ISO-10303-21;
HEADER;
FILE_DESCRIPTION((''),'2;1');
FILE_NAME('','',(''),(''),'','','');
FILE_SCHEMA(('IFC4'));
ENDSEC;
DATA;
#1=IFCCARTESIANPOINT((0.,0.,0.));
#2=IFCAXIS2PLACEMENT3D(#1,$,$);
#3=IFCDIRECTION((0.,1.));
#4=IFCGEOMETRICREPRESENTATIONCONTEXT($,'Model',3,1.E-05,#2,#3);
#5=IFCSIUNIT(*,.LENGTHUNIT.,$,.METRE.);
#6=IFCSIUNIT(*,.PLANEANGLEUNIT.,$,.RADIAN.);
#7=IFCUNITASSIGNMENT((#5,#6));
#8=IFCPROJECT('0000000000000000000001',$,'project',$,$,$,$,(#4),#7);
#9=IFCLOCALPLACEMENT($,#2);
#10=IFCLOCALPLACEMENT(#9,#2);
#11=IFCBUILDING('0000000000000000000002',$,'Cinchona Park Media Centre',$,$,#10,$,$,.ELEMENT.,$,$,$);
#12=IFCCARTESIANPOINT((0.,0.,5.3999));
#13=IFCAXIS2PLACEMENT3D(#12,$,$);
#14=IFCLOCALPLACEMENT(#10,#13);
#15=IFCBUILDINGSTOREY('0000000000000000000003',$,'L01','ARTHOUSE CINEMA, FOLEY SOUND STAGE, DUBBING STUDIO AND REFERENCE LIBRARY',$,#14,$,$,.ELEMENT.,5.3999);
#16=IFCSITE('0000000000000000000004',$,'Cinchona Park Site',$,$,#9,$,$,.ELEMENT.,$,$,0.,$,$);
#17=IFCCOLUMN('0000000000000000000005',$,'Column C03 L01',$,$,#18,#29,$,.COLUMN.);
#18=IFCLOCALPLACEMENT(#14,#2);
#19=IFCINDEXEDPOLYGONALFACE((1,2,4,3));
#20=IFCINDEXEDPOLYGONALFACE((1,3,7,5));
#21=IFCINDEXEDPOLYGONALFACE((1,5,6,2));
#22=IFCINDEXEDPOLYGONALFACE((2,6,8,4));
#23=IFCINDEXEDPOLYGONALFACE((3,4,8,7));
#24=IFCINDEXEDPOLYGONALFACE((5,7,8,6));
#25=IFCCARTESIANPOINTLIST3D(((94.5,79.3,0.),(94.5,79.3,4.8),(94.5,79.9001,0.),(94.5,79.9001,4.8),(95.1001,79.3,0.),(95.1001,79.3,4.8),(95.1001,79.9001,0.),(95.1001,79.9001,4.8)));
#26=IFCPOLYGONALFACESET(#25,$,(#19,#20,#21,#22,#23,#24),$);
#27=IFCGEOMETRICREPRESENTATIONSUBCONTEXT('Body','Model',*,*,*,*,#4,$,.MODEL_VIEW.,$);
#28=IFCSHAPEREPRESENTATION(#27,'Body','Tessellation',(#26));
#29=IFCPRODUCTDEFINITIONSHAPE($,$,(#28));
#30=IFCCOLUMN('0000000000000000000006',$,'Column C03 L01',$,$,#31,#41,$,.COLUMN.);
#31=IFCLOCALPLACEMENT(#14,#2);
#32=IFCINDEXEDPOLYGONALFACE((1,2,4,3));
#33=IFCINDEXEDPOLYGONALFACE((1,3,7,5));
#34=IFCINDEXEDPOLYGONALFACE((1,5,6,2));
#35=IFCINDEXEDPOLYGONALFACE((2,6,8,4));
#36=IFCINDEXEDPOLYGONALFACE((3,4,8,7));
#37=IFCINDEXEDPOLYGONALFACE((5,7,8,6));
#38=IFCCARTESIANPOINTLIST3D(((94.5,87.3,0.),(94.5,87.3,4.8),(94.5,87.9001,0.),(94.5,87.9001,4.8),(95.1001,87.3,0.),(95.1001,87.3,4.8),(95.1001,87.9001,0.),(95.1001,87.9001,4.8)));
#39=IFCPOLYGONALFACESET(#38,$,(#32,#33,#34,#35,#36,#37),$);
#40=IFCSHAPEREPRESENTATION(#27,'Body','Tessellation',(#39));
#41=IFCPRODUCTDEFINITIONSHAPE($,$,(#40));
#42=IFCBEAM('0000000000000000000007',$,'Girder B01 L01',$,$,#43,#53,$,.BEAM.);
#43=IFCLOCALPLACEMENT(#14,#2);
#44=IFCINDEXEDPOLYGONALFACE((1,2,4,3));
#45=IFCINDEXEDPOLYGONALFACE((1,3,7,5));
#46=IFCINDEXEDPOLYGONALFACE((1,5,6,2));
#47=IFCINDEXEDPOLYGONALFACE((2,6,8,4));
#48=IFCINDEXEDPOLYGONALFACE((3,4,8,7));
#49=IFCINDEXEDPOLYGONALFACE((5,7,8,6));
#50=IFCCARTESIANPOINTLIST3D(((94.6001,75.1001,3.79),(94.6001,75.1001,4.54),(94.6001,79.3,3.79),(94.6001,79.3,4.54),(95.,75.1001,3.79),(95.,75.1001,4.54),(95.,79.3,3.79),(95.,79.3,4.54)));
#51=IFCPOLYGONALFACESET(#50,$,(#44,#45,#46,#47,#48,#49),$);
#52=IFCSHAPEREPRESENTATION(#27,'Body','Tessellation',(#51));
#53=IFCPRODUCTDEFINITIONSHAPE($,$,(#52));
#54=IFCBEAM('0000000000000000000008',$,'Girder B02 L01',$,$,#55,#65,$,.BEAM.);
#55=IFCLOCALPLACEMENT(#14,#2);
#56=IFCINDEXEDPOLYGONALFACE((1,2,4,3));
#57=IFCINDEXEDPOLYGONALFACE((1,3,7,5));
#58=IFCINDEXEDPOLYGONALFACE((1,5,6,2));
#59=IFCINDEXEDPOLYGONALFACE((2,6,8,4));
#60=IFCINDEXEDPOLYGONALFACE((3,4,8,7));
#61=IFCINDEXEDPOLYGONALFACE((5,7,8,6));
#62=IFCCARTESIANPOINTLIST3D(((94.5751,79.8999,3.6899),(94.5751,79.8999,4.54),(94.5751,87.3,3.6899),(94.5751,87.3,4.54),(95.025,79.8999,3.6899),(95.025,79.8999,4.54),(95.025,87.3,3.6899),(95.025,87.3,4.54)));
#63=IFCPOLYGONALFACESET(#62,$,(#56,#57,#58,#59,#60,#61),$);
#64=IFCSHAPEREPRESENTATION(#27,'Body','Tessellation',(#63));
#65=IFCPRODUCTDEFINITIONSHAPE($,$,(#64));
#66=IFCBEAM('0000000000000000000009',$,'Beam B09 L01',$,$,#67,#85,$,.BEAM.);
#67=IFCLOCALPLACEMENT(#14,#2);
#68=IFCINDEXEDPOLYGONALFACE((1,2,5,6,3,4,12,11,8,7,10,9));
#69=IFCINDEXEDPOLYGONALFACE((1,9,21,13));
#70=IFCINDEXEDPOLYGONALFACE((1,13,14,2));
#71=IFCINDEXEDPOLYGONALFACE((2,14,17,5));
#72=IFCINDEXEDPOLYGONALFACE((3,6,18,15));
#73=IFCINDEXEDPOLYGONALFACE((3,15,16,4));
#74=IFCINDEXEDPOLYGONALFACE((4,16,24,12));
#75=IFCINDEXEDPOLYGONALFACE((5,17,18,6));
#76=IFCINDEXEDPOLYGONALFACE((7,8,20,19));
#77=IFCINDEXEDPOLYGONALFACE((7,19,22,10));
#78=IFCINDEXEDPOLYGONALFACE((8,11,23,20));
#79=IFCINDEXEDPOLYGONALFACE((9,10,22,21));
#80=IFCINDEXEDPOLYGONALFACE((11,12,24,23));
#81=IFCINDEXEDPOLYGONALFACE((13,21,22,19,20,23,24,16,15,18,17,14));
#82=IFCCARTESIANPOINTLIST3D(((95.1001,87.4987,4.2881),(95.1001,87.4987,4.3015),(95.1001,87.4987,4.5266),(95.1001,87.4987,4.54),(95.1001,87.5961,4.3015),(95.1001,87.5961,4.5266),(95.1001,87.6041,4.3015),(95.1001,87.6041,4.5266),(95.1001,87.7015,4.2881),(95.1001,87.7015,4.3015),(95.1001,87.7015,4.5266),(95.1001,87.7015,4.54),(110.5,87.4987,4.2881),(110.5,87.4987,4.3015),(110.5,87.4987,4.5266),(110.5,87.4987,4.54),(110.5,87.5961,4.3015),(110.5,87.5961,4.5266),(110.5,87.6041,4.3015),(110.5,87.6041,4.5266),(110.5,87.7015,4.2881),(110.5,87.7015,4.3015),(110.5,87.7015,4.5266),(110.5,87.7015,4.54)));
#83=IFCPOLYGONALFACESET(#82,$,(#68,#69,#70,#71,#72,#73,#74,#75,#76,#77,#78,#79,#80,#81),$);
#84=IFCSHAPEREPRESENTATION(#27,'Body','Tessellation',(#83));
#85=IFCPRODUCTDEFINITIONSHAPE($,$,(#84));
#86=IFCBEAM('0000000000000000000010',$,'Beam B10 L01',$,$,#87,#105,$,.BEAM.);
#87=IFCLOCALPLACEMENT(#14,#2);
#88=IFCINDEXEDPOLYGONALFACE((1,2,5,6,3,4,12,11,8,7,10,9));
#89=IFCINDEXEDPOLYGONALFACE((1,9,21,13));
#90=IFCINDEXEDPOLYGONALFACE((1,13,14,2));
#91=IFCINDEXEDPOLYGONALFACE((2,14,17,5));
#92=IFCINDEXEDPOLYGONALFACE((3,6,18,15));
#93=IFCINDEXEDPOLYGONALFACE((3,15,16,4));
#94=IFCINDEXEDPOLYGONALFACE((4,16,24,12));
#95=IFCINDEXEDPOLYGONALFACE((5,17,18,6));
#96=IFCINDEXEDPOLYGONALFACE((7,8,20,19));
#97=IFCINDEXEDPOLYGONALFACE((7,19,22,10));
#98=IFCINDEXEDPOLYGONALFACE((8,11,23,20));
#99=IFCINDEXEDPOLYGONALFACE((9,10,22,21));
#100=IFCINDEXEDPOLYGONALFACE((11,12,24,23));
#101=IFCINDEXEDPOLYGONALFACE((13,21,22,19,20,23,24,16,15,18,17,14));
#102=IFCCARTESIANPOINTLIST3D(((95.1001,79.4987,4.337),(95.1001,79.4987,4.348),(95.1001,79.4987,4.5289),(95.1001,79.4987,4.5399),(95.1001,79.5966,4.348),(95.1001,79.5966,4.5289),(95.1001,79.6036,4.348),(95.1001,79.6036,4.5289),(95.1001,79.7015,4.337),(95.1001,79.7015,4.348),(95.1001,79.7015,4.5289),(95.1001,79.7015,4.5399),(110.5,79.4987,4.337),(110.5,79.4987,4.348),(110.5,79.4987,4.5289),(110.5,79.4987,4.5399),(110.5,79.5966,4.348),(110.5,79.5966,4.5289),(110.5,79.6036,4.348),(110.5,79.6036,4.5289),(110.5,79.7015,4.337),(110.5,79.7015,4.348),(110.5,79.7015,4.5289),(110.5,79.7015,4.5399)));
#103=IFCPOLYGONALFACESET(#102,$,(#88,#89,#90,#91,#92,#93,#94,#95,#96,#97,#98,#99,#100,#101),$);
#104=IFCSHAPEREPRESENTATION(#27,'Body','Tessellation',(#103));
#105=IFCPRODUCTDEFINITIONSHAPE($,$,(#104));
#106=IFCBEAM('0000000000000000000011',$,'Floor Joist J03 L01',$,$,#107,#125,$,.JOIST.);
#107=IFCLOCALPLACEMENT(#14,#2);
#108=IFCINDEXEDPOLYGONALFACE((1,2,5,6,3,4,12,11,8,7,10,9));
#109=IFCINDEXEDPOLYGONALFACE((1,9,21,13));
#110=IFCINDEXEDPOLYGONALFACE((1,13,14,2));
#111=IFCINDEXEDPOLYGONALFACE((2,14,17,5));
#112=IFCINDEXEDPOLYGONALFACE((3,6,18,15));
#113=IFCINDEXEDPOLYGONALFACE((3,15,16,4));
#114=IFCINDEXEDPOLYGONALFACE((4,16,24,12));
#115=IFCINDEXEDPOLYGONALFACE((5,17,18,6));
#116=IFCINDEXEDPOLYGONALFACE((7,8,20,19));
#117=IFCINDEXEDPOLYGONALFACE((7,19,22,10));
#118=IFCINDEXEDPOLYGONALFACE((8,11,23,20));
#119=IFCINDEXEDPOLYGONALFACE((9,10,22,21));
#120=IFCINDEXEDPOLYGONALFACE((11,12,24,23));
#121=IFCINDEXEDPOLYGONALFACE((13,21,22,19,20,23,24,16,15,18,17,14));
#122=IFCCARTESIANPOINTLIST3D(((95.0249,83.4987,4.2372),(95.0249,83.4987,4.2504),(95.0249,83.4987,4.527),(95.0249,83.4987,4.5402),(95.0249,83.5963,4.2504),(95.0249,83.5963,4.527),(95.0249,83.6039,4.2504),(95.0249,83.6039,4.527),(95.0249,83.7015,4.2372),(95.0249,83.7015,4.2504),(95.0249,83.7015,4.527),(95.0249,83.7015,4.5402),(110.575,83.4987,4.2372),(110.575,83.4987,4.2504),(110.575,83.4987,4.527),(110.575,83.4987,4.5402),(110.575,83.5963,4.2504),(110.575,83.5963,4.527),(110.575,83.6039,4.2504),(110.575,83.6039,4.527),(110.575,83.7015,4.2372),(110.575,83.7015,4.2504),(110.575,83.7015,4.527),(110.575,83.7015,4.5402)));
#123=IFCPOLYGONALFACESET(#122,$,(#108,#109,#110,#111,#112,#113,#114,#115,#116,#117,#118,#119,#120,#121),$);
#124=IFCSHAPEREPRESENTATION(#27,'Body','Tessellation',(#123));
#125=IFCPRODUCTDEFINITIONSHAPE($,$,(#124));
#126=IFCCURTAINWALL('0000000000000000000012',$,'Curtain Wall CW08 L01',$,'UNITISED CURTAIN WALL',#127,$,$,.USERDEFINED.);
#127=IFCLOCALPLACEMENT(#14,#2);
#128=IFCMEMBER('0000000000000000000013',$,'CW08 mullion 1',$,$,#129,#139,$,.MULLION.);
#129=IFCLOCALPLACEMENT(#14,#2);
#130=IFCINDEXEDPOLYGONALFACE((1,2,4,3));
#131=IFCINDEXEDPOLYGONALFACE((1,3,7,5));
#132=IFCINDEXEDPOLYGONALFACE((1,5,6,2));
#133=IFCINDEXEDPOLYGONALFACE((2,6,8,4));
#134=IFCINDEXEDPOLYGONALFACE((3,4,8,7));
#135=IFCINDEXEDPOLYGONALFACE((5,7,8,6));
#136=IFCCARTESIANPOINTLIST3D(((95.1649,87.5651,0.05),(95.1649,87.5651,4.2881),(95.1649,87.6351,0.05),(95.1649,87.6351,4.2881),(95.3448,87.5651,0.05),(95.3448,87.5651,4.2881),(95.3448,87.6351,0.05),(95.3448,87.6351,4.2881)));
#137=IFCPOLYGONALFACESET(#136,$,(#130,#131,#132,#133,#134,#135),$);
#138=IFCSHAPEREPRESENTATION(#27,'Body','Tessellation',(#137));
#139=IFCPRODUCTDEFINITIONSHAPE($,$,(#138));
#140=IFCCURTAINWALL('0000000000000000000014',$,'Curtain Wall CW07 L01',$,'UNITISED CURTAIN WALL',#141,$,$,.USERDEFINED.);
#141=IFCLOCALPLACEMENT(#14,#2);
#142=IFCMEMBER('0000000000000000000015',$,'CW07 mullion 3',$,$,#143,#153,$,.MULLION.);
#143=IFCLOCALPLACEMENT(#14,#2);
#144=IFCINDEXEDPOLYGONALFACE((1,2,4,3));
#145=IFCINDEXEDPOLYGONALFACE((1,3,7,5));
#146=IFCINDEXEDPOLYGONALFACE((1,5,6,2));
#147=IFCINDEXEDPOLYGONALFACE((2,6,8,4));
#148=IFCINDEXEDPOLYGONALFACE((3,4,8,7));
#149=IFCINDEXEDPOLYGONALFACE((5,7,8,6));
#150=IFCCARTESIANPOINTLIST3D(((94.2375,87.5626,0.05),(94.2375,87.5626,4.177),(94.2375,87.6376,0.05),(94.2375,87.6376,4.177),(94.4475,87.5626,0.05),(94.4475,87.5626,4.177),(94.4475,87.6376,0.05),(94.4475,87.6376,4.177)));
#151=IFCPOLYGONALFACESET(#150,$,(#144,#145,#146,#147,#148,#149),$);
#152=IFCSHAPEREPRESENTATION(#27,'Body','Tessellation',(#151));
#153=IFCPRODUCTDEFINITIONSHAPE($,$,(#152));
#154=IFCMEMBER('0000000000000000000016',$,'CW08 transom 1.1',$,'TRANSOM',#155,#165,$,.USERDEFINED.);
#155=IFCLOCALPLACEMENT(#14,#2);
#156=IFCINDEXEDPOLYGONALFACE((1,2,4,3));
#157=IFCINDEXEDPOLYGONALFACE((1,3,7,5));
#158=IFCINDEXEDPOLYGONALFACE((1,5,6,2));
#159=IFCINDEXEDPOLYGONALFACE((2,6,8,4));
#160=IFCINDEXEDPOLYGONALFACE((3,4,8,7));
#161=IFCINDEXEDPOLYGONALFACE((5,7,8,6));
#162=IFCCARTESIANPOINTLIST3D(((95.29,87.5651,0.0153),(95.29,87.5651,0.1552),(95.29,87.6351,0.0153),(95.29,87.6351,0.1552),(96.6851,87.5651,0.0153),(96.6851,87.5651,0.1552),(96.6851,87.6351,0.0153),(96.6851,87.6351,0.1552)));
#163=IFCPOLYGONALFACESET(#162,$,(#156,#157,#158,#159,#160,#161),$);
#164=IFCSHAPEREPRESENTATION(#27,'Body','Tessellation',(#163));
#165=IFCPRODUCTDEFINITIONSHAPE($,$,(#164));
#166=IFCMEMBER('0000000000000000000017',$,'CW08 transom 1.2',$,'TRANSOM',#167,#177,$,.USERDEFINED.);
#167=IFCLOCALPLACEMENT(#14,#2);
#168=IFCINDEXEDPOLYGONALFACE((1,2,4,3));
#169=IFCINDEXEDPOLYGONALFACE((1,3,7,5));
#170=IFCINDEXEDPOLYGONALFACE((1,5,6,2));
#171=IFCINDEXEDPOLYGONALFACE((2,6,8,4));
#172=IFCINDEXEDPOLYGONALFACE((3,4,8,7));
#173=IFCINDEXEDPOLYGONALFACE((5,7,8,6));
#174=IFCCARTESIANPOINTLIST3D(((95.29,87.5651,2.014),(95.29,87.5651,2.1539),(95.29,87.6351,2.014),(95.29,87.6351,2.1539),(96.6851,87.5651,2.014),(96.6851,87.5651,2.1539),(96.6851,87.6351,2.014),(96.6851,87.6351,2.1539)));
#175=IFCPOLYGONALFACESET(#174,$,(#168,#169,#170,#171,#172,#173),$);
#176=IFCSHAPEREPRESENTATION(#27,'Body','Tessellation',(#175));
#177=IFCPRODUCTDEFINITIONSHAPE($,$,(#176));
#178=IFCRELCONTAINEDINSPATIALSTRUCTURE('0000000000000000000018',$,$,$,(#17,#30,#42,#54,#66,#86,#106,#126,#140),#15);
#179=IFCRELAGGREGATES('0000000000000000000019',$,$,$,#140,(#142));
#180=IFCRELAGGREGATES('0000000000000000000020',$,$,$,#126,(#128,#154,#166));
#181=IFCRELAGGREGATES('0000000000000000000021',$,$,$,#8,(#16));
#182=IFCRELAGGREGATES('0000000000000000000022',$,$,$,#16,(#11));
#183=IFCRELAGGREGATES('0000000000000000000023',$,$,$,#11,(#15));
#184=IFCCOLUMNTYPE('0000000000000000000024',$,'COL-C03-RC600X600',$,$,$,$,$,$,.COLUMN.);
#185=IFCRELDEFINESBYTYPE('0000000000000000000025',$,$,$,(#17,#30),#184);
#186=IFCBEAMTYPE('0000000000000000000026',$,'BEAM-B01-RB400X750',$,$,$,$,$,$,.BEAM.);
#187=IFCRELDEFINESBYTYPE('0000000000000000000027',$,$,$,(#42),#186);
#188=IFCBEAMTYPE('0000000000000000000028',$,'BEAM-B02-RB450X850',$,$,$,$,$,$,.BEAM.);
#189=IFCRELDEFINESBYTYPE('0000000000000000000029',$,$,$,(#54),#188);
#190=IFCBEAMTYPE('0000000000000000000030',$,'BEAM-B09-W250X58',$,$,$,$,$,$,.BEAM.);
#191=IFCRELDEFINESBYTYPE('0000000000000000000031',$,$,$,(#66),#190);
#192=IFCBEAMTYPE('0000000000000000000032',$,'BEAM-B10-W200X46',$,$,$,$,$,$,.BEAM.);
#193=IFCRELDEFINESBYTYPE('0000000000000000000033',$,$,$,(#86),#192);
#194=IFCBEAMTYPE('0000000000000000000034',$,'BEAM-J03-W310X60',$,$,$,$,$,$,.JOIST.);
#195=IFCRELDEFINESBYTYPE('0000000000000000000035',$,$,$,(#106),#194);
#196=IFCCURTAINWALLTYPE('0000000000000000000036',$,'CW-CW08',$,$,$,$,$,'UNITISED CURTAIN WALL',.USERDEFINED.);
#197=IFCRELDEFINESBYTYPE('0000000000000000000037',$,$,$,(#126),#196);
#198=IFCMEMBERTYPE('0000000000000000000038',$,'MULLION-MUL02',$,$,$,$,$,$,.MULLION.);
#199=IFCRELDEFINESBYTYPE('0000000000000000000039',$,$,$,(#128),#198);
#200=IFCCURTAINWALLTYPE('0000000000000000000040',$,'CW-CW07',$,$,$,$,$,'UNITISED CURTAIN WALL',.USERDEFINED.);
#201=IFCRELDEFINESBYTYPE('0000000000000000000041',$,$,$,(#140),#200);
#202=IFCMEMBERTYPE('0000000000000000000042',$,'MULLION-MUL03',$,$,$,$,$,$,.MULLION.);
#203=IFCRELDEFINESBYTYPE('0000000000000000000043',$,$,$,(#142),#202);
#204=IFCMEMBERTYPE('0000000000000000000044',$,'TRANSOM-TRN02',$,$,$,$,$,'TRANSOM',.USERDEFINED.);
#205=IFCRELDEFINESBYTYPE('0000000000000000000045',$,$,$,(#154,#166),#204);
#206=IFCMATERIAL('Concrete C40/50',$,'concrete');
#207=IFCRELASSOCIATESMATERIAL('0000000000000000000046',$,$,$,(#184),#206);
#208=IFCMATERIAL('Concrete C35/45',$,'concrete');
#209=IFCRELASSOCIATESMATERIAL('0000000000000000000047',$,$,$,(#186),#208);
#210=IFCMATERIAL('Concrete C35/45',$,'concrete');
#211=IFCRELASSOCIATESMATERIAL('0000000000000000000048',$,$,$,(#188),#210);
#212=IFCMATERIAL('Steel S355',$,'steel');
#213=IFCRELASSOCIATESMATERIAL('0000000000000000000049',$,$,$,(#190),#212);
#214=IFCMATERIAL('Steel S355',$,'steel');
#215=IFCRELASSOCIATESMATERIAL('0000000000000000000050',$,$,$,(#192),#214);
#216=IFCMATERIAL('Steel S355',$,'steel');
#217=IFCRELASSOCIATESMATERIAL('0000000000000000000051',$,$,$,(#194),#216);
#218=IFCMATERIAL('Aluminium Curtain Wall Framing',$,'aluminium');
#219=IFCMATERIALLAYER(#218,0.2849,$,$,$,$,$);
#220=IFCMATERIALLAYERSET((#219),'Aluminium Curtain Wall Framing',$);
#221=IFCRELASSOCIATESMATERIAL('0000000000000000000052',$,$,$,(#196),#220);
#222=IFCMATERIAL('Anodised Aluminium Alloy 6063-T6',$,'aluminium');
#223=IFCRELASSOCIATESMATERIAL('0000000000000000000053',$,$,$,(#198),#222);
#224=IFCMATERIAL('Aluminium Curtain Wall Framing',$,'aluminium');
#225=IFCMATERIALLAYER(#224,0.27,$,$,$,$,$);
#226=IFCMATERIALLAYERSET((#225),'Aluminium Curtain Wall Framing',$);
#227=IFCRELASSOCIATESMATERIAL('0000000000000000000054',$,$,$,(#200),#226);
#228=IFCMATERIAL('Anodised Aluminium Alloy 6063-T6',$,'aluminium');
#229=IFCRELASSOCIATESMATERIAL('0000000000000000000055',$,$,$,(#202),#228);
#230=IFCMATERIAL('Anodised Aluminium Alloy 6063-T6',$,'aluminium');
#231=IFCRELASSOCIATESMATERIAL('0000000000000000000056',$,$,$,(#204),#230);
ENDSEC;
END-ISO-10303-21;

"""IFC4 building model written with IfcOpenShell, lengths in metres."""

from ifc_helpers import new_model, si_unit, direction, frame, origin, origin_2d, place, context, subcontext, project, spatial, rectangle, i_section, extrude, material, layer, layer_set, material_profile, profile_set, type_object, element, aggregate, save


model = new_model("IFC4")

# Units and contexts
model_context = context("Model", 3, precision=1e-05, world=origin(), true_north=direction((0.0, 1.0)))
body_context = subcontext(model_context, "Body", "Model", "MODEL_VIEW")
ifc_project = project(units=[si_unit("LENGTHUNIT", "METRE"), si_unit("PLANEANGLEUNIT", "RADIAN")], contexts=[model_context])

# Site, building, storey
site_placement = place(None, origin())
site = spatial("IfcSite", under=ifc_project, at=site_placement, Name="Cinchona Park Site", CompositionType="ELEMENT", RefElevation=0.0)
building_placement = place(site_placement, origin())
building = spatial("IfcBuilding", under=site, at=building_placement, Name="Cinchona Park Media Centre", CompositionType="ELEMENT")
storey_placement = place(building_placement, frame((0.0, 0.0, 5.3999)))
storey = spatial("IfcBuildingStorey", under=building, at=storey_placement, Name="L01", Description="ARTHOUSE CINEMA, FOLEY SOUND STAGE, DUBBING STUDIO AND REFERENCE LIBRARY", CompositionType="ELEMENT", Elevation=5.3999)

# Columns
ifc_material_1 = material(Name="Concrete C40/50", Category="concrete")
ifc_material_profile_1 = material_profile(ifc_material_1, rectangle(XDim=0.6001, YDim=0.6001, at=origin_2d()), Name="RC 600X600")
ifc_profile_set_1 = profile_set([ifc_material_profile_1], Name="Concrete C40/50")
column_type = type_object("IfcColumnType", Name="COL-C03-RC600X600", PredefinedType="COLUMN", material=ifc_profile_set_1)
for number, where, z_axis, x_axis, name in (
    (1, (94.8, 79.6001, 0.0), (0.0, 0.0, 1.0), (1.0, 0.0, 0.0), "Column C03 L01"),
    (2, (94.8, 87.6001, 0.0), (0.0, 0.0, 1.0), (1.0, 0.0, 0.0), "Column C03 L01"),
):
    element("IfcColumn", number, at=place(storey_placement, frame(where, z_axis=z_axis, x_axis=x_axis)), inside=storey, type_object=column_type, Name=name, PredefinedType="COLUMN", context=body_context, shape_type="SweptSolid", body=[
        extrude(rectangle(XDim=0.6001, YDim=0.6001, at=origin_2d()), origin(), (0.0, 0.0, 1.0), 4.8),
    ])

# Beams
ifc_material_2 = material(Name="Concrete C35/45", Category="concrete")
ifc_material_profile_2 = material_profile(ifc_material_2, rectangle(XDim=0.3999, YDim=0.75, at=origin_2d()), Name="RB 400X750")
ifc_profile_set_2 = profile_set([ifc_material_profile_2], Name="Concrete C35/45")
beam_type_1 = type_object("IfcBeamType", Name="BEAM-B01-RB400X750", PredefinedType="BEAM", material=ifc_profile_set_2)
beam_1_placement = place(storey_placement, frame((94.8, 75.1001, 4.165), z_axis=(0.0, 1.0, 0.0), x_axis=(-1.0, 0.0, 0.0)))
element("IfcBeam", 3, at=beam_1_placement, inside=storey, type_object=beam_type_1, Name="Girder B01 L01", PredefinedType="BEAM", context=body_context, shape_type="SweptSolid", body=[
    extrude(rectangle(XDim=0.3999, YDim=0.75, at=origin_2d()), origin(), (0.0, 0.0, 1.0), 4.2),
])
ifc_material_3 = material(Name="Concrete C35/45", Category="concrete")
ifc_material_profile_3 = material_profile(ifc_material_3, rectangle(XDim=0.45, YDim=0.8501, at=origin_2d()), Name="RB 450X850")
ifc_profile_set_3 = profile_set([ifc_material_profile_3], Name="Concrete C35/45")
beam_type_2 = type_object("IfcBeamType", Name="BEAM-B02-RB450X850", PredefinedType="BEAM", material=ifc_profile_set_3)
beam_2_placement = place(storey_placement, frame((94.8, 79.8999, 4.115), z_axis=(0.0, 1.0, 0.0), x_axis=(-1.0, 0.0, 0.0)))
element("IfcBeam", 4, at=beam_2_placement, inside=storey, type_object=beam_type_2, Name="Girder B02 L01", PredefinedType="BEAM", context=body_context, shape_type="SweptSolid", body=[
    extrude(rectangle(XDim=0.45, YDim=0.8501, at=origin_2d()), origin(), (0.0, 0.0, 1.0), 7.4001),
])
ifc_material_4 = material(Name="Steel S355", Category="steel")
ifc_material_profile_4 = material_profile(ifc_material_4, i_section(OverallWidth=0.2029, OverallDepth=0.252, WebThickness=0.0081, FlangeThickness=0.0134, at=origin_2d()), Name="W250X58")
ifc_profile_set_4 = profile_set([ifc_material_profile_4], Name="Steel S355")
beam_type_3 = type_object("IfcBeamType", Name="BEAM-B09-W250X58", PredefinedType="BEAM", material=ifc_profile_set_4)
beam_3_placement = place(storey_placement, frame((95.1001, 87.6001, 4.4141), z_axis=(1.0, 0.0, 0.0), x_axis=(0.0, 1.0, 0.0)))
element("IfcBeam", 5, at=beam_3_placement, inside=storey, type_object=beam_type_3, Name="Beam B09 L01", PredefinedType="BEAM", context=body_context, shape_type="SweptSolid", body=[
    extrude(i_section(OverallWidth=0.2029, OverallDepth=0.252, WebThickness=0.0081, FlangeThickness=0.0134, at=origin_2d()), origin(), (0.0, 0.0, 1.0), 15.3999),
])
ifc_material_5 = material(Name="Steel S355", Category="steel")
ifc_material_profile_5 = material_profile(ifc_material_5, i_section(OverallWidth=0.2029, OverallDepth=0.2029, WebThickness=0.0071, FlangeThickness=0.011, at=origin_2d()), Name="W200X46")
ifc_profile_set_5 = profile_set([ifc_material_profile_5], Name="Steel S355")
beam_type_4 = type_object("IfcBeamType", Name="BEAM-B10-W200X46", PredefinedType="BEAM", material=ifc_profile_set_5)
beam_4_placement = place(storey_placement, frame((95.1001, 79.6001, 4.4385), z_axis=(1.0, 0.0, 0.0), x_axis=(0.0, 1.0, 0.0)))
element("IfcBeam", 6, at=beam_4_placement, inside=storey, type_object=beam_type_4, Name="Beam B10 L01", PredefinedType="BEAM", context=body_context, shape_type="SweptSolid", body=[
    extrude(i_section(OverallWidth=0.2029, OverallDepth=0.2029, WebThickness=0.0071, FlangeThickness=0.011, at=origin_2d()), origin(), (0.0, 0.0, 1.0), 15.3999),
])
ifc_material_6 = material(Name="Steel S355", Category="steel")
ifc_material_profile_6 = material_profile(ifc_material_6, i_section(OverallWidth=0.2029, OverallDepth=0.303, WebThickness=0.0076, FlangeThickness=0.0132, at=origin_2d()), Name="W310X60")
ifc_profile_set_6 = profile_set([ifc_material_profile_6], Name="Steel S355")
beam_type_5 = type_object("IfcBeamType", Name="BEAM-J03-W310X60", PredefinedType="JOIST", material=ifc_profile_set_6)
beam_5_placement = place(storey_placement, frame((95.0249, 83.6001, 4.3887), z_axis=(1.0, 0.0, 0.0), x_axis=(0.0, 1.0, 0.0)))
element("IfcBeam", 7, at=beam_5_placement, inside=storey, type_object=beam_type_5, Name="Floor Joist J03 L01", PredefinedType="JOIST", context=body_context, shape_type="SweptSolid", body=[
    extrude(i_section(OverallWidth=0.2029, OverallDepth=0.303, WebThickness=0.0076, FlangeThickness=0.0132, at=origin_2d()), origin(), (0.0, 0.0, 1.0), 15.55),
])

# Curtain walls, members
ifc_material_7 = material(Name="Aluminium Curtain Wall Framing", Category="aluminium")
ifc_layer_1 = layer(ifc_material_7, 0.2849)
ifc_layer_set_1 = layer_set([ifc_layer_1], Name="Aluminium Curtain Wall Framing")
curtain_wall_type_1 = type_object("IfcCurtainWallType", Name="CW-CW08", ElementType="UNITISED CURTAIN WALL", PredefinedType="USERDEFINED", material=ifc_layer_set_1)
curtain_wall_1_placement = place(storey_placement, origin())
curtain_wall_1 = element("IfcCurtainWall", 8, at=curtain_wall_1_placement, inside=storey, type_object=curtain_wall_type_1, Name="Curtain Wall CW08 L01", ObjectType="UNITISED CURTAIN WALL", PredefinedType="USERDEFINED")
ifc_material_8 = material(Name="Anodised Aluminium Alloy 6063-T6", Category="aluminium")
ifc_material_profile_7 = material_profile(ifc_material_8, rectangle(XDim=0.0701, YDim=0.1799, at=origin_2d()), Name="MUL-70X180")
ifc_profile_set_7 = profile_set([ifc_material_profile_7], Name="Anodised Aluminium Alloy 6063-T6")
member_type_1 = type_object("IfcMemberType", Name="MULLION-MUL02", PredefinedType="MULLION", material=ifc_profile_set_7)
member_1_placement = place(storey_placement, frame((95.2549, 87.6001, 0.05), z_axis=(0.0, 0.0, 1.0), x_axis=(0.0, 1.0, 0.0)))
member_1 = element("IfcMember", 9, at=member_1_placement, type_object=member_type_1, Name="CW08 mullion 1", PredefinedType="MULLION", context=body_context, shape_type="SweptSolid", body=[
    extrude(rectangle(XDim=0.0701, YDim=0.1799, at=origin_2d()), origin(), (0.0, 0.0, 1.0), 4.238),
])
ifc_material_9 = material(Name="Aluminium Curtain Wall Framing", Category="aluminium")
ifc_layer_2 = layer(ifc_material_9, 0.27)
ifc_layer_set_2 = layer_set([ifc_layer_2], Name="Aluminium Curtain Wall Framing")
curtain_wall_type_2 = type_object("IfcCurtainWallType", Name="CW-CW07", ElementType="UNITISED CURTAIN WALL", PredefinedType="USERDEFINED", material=ifc_layer_set_2)
curtain_wall_2_placement = place(storey_placement, origin())
curtain_wall_2 = element("IfcCurtainWall", 10, at=curtain_wall_2_placement, inside=storey, type_object=curtain_wall_type_2, Name="Curtain Wall CW07 L01", ObjectType="UNITISED CURTAIN WALL", PredefinedType="USERDEFINED")
ifc_material_10 = material(Name="Anodised Aluminium Alloy 6063-T6", Category="aluminium")
ifc_material_profile_8 = material_profile(ifc_material_10, rectangle(XDim=0.075, YDim=0.21, at=origin_2d()), Name="MUL-75X210")
ifc_profile_set_8 = profile_set([ifc_material_profile_8], Name="Anodised Aluminium Alloy 6063-T6")
member_type_2 = type_object("IfcMemberType", Name="MULLION-MUL03", PredefinedType="MULLION", material=ifc_profile_set_8)
member_2_placement = place(storey_placement, frame((94.3425, 87.6001, 0.05), z_axis=(0.0, 0.0, 1.0), x_axis=(0.0, 1.0, 0.0)))
member_2 = element("IfcMember", 11, at=member_2_placement, type_object=member_type_2, Name="CW07 mullion 3", PredefinedType="MULLION", context=body_context, shape_type="SweptSolid", body=[
    extrude(rectangle(XDim=0.075, YDim=0.21, at=origin_2d()), origin(), (0.0, 0.0, 1.0), 4.127),
])
aggregate(curtain_wall_2, [member_2])

# Members
ifc_material_11 = material(Name="Anodised Aluminium Alloy 6063-T6", Category="aluminium")
ifc_material_profile_9 = material_profile(ifc_material_11, rectangle(XDim=0.0701, YDim=0.1399, at=origin_2d()), Name="TRN-70X140")
ifc_profile_set_9 = profile_set([ifc_material_profile_9], Name="Anodised Aluminium Alloy 6063-T6")
member_type_3 = type_object("IfcMemberType", Name="TRANSOM-TRN02", ElementType="TRANSOM", PredefinedType="USERDEFINED", material=ifc_profile_set_9)
member_3_placement = place(storey_placement, frame((95.29, 87.6001, 0.0852), z_axis=(1.0, 0.0, 0.0), x_axis=(0.0, 1.0, 0.0)))
member_3 = element("IfcMember", 12, at=member_3_placement, type_object=member_type_3, Name="CW08 transom 1.1", ObjectType="TRANSOM", PredefinedType="USERDEFINED", context=body_context, shape_type="SweptSolid", body=[
    extrude(rectangle(XDim=0.0701, YDim=0.1399, at=origin_2d()), origin(), (0.0, 0.0, 1.0), 1.395),
])
member_4_placement = place(storey_placement, frame((95.29, 87.6001, 2.084), z_axis=(1.0, 0.0, 0.0), x_axis=(0.0, 1.0, 0.0)))
member_4 = element("IfcMember", 13, at=member_4_placement, type_object=member_type_3, Name="CW08 transom 1.2", ObjectType="TRANSOM", PredefinedType="USERDEFINED", context=body_context, shape_type="SweptSolid", body=[
    extrude(rectangle(XDim=0.0701, YDim=0.1399, at=origin_2d()), origin(), (0.0, 0.0, 1.0), 1.395),
])

aggregate(curtain_wall_1, [member_1, member_3, member_4])

save(model, "model.ifc")
